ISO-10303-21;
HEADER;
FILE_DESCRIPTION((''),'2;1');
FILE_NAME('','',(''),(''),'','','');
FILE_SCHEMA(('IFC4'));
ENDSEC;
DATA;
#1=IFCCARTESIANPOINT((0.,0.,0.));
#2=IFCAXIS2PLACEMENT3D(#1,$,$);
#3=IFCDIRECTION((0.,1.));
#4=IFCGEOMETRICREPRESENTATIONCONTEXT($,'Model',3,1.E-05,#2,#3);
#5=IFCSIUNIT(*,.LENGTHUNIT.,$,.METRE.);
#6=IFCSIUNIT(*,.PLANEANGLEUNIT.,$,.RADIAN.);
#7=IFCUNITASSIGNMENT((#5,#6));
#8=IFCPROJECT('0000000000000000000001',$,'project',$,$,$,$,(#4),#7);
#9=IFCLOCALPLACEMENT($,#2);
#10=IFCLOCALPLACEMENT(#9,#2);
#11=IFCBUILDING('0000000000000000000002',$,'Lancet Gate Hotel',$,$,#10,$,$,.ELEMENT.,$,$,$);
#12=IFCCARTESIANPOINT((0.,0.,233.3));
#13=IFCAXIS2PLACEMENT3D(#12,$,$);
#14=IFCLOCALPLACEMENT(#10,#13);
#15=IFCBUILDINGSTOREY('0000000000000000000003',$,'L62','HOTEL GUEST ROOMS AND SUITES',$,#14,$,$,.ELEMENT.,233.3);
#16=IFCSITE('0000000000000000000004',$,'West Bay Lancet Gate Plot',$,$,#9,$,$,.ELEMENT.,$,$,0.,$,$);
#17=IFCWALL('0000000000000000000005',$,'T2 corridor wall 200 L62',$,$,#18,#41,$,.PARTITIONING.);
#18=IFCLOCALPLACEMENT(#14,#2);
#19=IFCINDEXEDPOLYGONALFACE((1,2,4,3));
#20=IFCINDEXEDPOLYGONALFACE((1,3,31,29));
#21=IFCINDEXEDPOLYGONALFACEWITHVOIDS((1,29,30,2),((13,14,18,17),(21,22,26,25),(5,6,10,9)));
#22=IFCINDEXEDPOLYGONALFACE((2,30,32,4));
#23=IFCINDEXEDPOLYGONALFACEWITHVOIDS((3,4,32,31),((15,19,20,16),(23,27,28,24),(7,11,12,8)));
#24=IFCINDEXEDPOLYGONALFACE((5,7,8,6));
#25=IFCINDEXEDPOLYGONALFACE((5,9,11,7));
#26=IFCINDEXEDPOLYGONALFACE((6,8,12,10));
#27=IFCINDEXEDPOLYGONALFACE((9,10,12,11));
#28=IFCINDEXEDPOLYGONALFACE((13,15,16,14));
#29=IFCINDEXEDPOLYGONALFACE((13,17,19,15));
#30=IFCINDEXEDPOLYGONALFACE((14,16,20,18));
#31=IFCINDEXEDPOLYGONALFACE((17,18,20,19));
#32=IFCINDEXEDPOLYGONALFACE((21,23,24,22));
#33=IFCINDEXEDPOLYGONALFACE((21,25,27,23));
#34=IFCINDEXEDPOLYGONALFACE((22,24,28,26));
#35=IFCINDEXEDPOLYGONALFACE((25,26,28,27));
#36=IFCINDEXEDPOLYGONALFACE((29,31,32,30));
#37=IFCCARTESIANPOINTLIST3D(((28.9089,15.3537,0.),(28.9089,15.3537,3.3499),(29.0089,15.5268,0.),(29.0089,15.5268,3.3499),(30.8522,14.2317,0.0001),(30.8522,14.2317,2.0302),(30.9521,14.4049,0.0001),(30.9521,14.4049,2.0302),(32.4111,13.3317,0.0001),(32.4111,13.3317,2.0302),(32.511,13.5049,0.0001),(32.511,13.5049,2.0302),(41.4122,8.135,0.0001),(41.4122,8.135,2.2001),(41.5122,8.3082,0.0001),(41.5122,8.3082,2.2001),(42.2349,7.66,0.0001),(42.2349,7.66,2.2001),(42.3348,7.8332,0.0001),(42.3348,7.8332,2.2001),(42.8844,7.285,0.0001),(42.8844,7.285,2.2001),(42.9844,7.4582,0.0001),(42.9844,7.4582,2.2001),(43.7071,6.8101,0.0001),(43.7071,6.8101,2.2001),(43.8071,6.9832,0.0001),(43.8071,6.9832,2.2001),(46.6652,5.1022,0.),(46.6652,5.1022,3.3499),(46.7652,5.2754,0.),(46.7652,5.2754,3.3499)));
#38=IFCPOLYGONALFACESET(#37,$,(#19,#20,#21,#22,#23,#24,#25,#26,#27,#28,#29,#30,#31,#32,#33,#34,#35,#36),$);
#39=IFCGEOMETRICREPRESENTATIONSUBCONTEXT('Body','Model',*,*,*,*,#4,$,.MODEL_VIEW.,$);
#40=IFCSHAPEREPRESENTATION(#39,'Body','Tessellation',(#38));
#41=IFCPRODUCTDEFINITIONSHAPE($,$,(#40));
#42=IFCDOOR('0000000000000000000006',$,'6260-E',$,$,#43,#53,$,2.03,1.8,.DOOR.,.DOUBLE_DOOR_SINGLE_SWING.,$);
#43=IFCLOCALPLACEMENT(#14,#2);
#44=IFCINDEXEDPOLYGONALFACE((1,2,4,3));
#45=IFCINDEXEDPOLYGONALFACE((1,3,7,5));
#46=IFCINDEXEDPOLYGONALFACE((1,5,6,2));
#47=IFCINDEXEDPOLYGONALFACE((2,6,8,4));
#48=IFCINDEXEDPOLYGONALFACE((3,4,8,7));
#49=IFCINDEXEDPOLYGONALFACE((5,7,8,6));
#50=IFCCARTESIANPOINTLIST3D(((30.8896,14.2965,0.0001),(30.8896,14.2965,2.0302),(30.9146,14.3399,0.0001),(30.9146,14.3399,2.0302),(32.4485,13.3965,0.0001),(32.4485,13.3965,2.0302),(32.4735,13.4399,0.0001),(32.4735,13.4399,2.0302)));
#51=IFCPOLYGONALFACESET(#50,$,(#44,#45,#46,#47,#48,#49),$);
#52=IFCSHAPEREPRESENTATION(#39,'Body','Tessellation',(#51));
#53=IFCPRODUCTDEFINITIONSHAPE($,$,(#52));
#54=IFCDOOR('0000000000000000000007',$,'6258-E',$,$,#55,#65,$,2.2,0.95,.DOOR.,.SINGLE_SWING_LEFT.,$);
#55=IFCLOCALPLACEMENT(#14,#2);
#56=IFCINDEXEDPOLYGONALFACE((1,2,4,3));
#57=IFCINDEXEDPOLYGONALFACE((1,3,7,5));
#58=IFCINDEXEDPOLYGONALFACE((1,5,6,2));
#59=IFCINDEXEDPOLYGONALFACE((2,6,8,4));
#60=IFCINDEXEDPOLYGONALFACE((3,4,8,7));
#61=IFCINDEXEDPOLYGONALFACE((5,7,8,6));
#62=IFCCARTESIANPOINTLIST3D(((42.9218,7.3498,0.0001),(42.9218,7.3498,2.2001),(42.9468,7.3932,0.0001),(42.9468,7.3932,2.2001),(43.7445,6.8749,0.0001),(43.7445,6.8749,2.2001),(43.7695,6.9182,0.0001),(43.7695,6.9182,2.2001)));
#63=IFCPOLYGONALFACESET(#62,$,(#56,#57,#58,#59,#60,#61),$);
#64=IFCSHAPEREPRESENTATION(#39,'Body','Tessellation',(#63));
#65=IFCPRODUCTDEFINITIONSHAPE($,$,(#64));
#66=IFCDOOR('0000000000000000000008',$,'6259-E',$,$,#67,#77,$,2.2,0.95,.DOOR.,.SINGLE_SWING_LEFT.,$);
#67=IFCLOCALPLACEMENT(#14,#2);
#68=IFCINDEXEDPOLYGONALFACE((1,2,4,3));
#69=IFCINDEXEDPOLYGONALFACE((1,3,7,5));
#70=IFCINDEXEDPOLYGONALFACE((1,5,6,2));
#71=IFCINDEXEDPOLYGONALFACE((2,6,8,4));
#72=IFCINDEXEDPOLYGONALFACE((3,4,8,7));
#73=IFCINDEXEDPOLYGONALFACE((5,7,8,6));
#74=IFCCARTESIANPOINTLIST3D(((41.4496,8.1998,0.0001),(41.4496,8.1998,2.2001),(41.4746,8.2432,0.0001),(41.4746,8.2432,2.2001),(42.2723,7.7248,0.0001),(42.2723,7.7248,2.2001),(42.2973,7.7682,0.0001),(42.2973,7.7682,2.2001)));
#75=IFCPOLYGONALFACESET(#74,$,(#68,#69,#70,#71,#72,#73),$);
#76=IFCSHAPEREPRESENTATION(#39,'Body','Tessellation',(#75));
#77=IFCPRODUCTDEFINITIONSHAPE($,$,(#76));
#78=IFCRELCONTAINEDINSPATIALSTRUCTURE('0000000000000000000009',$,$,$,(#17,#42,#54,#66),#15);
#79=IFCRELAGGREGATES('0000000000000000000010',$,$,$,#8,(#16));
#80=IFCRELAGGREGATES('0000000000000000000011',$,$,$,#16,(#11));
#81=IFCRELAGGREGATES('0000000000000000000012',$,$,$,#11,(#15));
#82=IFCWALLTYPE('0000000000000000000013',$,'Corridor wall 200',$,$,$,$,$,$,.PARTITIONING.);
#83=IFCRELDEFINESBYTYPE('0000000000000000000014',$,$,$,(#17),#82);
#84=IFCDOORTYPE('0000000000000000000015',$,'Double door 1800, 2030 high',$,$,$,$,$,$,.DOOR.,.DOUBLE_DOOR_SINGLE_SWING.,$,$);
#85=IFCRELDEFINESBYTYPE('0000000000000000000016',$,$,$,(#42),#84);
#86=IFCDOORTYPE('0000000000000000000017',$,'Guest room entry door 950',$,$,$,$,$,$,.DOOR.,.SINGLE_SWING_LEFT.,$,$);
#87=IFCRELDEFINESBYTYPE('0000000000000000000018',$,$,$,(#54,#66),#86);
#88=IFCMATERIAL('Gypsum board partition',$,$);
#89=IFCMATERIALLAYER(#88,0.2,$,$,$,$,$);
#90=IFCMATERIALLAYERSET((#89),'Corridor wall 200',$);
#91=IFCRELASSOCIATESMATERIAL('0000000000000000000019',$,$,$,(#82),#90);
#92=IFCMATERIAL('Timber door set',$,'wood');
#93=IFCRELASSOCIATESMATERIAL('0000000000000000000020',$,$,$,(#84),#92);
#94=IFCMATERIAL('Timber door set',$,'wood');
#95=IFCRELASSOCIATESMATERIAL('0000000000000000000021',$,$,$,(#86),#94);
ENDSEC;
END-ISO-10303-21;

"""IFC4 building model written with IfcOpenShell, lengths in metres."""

from ifc_helpers import new_model, si_unit, direction, frame, frame_2d, origin, place, context, subcontext, project, spatial, rectangle, extrude, material, layer, layer_set, type_object, element, fill, save


model = new_model("IFC4")

# Units and contexts
model_context = context("Model", 3, precision=1e-05, world=origin(), true_north=direction((0.0, 1.0)))
body_context = subcontext(model_context, "Body", "Model", "MODEL_VIEW")
ifc_project = project(units=[si_unit("LENGTHUNIT", "METRE"), si_unit("PLANEANGLEUNIT", "RADIAN")], contexts=[model_context])

# Site, building, storey
site_placement = place(None, origin())
site = spatial("IfcSite", under=ifc_project, at=site_placement, Name="West Bay Lancet Gate Plot", CompositionType="ELEMENT", RefElevation=0.0)
building_placement = place(site_placement, origin())
building = spatial("IfcBuilding", under=site, at=building_placement, Name="Lancet Gate Hotel", CompositionType="ELEMENT")
storey_placement = place(building_placement, frame((0.0, 0.0, 233.3)))
storey = spatial("IfcBuildingStorey", under=building, at=storey_placement, Name="L62", Description="HOTEL GUEST ROOMS AND SUITES", CompositionType="ELEMENT", Elevation=233.3)

# Wall, openings, doors
ifc_material_1 = material(Name="Gypsum board partition")
ifc_layer_1 = layer(ifc_material_1, 0.2)
ifc_layer_set_1 = layer_set([ifc_layer_1], Name="Corridor wall 200")
wall_type_1 = type_object("IfcWallType", Name="Corridor wall 200", PredefinedType="PARTITIONING", material=ifc_layer_set_1)
wall_1_placement = place(storey_placement, frame((28.959, 15.4402, 0.0), z_axis=(0.0, 0.0, 1.0), x_axis=(0.866029, -0.499994, 0.0)))
wall_1 = element("IfcWall", 1, at=wall_1_placement, inside=storey, type_object=wall_type_1, Name="T2 corridor wall 200 L62", PredefinedType="PARTITIONING", context=body_context, shape_type="SweptSolid", body=[
    extrude(rectangle(XDim=20.5032, YDim=0.2, at=frame_2d((10.2515, 0.0))), origin(), (0.0, 0.0, 1.0), 3.3499),
])
opening_1_placement = place(wall_1_placement, frame((16.1372, 0.0, 0.0)))
opening_1 = element("IfcOpeningElement", 2, at=opening_1_placement, cuts=wall_1, PredefinedType="OPENING", context=body_context, shape_type="SweptSolid", body=[
    extrude(rectangle(XDim=0.95, YDim=2.2, at=frame_2d((0.4751, 1.1001))), frame((0.0, 0.1099, 0.0), z_axis=(0.0, -1.0, 0.0), x_axis=(1.0, 0.0, 0.0)), (0.0, 0.0, 1.0), 0.22),
])
opening_2_placement = place(wall_1_placement, frame((14.4373, 0.0, 0.0)))
opening_2 = element("IfcOpeningElement", 3, at=opening_2_placement, cuts=wall_1, PredefinedType="OPENING", context=body_context, shape_type="SweptSolid", body=[
    extrude(rectangle(XDim=0.95, YDim=2.2, at=frame_2d((0.4751, 1.1001))), frame((0.0, 0.1099, 0.0), z_axis=(0.0, -1.0, 0.0), x_axis=(1.0, 0.0, 0.0)), (0.0, 0.0, 1.0), 0.22),
])
opening_3_placement = place(wall_1_placement, frame((2.2439, 0.0, 0.0)))
opening_3 = element("IfcOpeningElement", 4, at=opening_3_placement, cuts=wall_1, PredefinedType="OPENING", context=body_context, shape_type="SweptSolid", body=[
    extrude(rectangle(XDim=1.8, YDim=2.03, at=frame_2d((0.8999, 1.0151))), frame((0.0, 0.1099, 0.0), z_axis=(0.0, -1.0, 0.0), x_axis=(1.0, 0.0, 0.0)), (0.0, 0.0, 1.0), 0.22),
])
ifc_material_2 = material(Name="Timber door set", Category="wood")
door_type_1 = type_object("IfcDoorType", Name="Double door 1800, 2030 high", OperationType="DOUBLE_DOOR_SINGLE_SWING", PredefinedType="DOOR", material=ifc_material_2)
door_1_placement = place(opening_3_placement, origin())
door_1 = element("IfcDoor", 5, at=door_1_placement, inside=storey, type_object=door_type_1, Name="6260-E", OperationType="DOUBLE_DOOR_SINGLE_SWING", OverallHeight=2.03, OverallWidth=1.8, PredefinedType="DOOR", context=body_context, shape_type="SweptSolid", body=[
    extrude(rectangle(XDim=1.8, YDim=2.03, at=frame_2d((0.8999, 1.0151))), frame((0.0, 0.0249, 0.0), z_axis=(0.0, -1.0, 0.0), x_axis=(1.0, 0.0, 0.0)), (0.0, 0.0, 1.0), 0.05),
])
fill(opening_3, door_1)
ifc_material_3 = material(Name="Timber door set", Category="wood")
door_type_2 = type_object("IfcDoorType", Name="Guest room entry door 950", OperationType="SINGLE_SWING_LEFT", PredefinedType="DOOR", material=ifc_material_3)
door_2_placement = place(opening_1_placement, origin())
door_2 = element("IfcDoor", 6, at=door_2_placement, inside=storey, type_object=door_type_2, Name="6258-E", OperationType="SINGLE_SWING_LEFT", OverallHeight=2.2, OverallWidth=0.95, PredefinedType="DOOR", context=body_context, shape_type="SweptSolid", body=[
    extrude(rectangle(XDim=0.95, YDim=2.2, at=frame_2d((0.4751, 1.1001))), frame((0.0, 0.0249, 0.0), z_axis=(0.0, -1.0, 0.0), x_axis=(1.0, 0.0, 0.0)), (0.0, 0.0, 1.0), 0.05),
])
fill(opening_1, door_2)
door_3_placement = place(opening_2_placement, origin())
door_3 = element("IfcDoor", 7, at=door_3_placement, inside=storey, type_object=door_type_2, Name="6259-E", OperationType="SINGLE_SWING_LEFT", OverallHeight=2.2, OverallWidth=0.95, PredefinedType="DOOR", context=body_context, shape_type="SweptSolid", body=[
    extrude(rectangle(XDim=0.95, YDim=2.2, at=frame_2d((0.4751, 1.1001))), frame((0.0, 0.0249, 0.0), z_axis=(0.0, -1.0, 0.0), x_axis=(1.0, 0.0, 0.0)), (0.0, 0.0, 1.0), 0.05),
])
fill(opening_2, door_3)

save(model, "model.ifc")
